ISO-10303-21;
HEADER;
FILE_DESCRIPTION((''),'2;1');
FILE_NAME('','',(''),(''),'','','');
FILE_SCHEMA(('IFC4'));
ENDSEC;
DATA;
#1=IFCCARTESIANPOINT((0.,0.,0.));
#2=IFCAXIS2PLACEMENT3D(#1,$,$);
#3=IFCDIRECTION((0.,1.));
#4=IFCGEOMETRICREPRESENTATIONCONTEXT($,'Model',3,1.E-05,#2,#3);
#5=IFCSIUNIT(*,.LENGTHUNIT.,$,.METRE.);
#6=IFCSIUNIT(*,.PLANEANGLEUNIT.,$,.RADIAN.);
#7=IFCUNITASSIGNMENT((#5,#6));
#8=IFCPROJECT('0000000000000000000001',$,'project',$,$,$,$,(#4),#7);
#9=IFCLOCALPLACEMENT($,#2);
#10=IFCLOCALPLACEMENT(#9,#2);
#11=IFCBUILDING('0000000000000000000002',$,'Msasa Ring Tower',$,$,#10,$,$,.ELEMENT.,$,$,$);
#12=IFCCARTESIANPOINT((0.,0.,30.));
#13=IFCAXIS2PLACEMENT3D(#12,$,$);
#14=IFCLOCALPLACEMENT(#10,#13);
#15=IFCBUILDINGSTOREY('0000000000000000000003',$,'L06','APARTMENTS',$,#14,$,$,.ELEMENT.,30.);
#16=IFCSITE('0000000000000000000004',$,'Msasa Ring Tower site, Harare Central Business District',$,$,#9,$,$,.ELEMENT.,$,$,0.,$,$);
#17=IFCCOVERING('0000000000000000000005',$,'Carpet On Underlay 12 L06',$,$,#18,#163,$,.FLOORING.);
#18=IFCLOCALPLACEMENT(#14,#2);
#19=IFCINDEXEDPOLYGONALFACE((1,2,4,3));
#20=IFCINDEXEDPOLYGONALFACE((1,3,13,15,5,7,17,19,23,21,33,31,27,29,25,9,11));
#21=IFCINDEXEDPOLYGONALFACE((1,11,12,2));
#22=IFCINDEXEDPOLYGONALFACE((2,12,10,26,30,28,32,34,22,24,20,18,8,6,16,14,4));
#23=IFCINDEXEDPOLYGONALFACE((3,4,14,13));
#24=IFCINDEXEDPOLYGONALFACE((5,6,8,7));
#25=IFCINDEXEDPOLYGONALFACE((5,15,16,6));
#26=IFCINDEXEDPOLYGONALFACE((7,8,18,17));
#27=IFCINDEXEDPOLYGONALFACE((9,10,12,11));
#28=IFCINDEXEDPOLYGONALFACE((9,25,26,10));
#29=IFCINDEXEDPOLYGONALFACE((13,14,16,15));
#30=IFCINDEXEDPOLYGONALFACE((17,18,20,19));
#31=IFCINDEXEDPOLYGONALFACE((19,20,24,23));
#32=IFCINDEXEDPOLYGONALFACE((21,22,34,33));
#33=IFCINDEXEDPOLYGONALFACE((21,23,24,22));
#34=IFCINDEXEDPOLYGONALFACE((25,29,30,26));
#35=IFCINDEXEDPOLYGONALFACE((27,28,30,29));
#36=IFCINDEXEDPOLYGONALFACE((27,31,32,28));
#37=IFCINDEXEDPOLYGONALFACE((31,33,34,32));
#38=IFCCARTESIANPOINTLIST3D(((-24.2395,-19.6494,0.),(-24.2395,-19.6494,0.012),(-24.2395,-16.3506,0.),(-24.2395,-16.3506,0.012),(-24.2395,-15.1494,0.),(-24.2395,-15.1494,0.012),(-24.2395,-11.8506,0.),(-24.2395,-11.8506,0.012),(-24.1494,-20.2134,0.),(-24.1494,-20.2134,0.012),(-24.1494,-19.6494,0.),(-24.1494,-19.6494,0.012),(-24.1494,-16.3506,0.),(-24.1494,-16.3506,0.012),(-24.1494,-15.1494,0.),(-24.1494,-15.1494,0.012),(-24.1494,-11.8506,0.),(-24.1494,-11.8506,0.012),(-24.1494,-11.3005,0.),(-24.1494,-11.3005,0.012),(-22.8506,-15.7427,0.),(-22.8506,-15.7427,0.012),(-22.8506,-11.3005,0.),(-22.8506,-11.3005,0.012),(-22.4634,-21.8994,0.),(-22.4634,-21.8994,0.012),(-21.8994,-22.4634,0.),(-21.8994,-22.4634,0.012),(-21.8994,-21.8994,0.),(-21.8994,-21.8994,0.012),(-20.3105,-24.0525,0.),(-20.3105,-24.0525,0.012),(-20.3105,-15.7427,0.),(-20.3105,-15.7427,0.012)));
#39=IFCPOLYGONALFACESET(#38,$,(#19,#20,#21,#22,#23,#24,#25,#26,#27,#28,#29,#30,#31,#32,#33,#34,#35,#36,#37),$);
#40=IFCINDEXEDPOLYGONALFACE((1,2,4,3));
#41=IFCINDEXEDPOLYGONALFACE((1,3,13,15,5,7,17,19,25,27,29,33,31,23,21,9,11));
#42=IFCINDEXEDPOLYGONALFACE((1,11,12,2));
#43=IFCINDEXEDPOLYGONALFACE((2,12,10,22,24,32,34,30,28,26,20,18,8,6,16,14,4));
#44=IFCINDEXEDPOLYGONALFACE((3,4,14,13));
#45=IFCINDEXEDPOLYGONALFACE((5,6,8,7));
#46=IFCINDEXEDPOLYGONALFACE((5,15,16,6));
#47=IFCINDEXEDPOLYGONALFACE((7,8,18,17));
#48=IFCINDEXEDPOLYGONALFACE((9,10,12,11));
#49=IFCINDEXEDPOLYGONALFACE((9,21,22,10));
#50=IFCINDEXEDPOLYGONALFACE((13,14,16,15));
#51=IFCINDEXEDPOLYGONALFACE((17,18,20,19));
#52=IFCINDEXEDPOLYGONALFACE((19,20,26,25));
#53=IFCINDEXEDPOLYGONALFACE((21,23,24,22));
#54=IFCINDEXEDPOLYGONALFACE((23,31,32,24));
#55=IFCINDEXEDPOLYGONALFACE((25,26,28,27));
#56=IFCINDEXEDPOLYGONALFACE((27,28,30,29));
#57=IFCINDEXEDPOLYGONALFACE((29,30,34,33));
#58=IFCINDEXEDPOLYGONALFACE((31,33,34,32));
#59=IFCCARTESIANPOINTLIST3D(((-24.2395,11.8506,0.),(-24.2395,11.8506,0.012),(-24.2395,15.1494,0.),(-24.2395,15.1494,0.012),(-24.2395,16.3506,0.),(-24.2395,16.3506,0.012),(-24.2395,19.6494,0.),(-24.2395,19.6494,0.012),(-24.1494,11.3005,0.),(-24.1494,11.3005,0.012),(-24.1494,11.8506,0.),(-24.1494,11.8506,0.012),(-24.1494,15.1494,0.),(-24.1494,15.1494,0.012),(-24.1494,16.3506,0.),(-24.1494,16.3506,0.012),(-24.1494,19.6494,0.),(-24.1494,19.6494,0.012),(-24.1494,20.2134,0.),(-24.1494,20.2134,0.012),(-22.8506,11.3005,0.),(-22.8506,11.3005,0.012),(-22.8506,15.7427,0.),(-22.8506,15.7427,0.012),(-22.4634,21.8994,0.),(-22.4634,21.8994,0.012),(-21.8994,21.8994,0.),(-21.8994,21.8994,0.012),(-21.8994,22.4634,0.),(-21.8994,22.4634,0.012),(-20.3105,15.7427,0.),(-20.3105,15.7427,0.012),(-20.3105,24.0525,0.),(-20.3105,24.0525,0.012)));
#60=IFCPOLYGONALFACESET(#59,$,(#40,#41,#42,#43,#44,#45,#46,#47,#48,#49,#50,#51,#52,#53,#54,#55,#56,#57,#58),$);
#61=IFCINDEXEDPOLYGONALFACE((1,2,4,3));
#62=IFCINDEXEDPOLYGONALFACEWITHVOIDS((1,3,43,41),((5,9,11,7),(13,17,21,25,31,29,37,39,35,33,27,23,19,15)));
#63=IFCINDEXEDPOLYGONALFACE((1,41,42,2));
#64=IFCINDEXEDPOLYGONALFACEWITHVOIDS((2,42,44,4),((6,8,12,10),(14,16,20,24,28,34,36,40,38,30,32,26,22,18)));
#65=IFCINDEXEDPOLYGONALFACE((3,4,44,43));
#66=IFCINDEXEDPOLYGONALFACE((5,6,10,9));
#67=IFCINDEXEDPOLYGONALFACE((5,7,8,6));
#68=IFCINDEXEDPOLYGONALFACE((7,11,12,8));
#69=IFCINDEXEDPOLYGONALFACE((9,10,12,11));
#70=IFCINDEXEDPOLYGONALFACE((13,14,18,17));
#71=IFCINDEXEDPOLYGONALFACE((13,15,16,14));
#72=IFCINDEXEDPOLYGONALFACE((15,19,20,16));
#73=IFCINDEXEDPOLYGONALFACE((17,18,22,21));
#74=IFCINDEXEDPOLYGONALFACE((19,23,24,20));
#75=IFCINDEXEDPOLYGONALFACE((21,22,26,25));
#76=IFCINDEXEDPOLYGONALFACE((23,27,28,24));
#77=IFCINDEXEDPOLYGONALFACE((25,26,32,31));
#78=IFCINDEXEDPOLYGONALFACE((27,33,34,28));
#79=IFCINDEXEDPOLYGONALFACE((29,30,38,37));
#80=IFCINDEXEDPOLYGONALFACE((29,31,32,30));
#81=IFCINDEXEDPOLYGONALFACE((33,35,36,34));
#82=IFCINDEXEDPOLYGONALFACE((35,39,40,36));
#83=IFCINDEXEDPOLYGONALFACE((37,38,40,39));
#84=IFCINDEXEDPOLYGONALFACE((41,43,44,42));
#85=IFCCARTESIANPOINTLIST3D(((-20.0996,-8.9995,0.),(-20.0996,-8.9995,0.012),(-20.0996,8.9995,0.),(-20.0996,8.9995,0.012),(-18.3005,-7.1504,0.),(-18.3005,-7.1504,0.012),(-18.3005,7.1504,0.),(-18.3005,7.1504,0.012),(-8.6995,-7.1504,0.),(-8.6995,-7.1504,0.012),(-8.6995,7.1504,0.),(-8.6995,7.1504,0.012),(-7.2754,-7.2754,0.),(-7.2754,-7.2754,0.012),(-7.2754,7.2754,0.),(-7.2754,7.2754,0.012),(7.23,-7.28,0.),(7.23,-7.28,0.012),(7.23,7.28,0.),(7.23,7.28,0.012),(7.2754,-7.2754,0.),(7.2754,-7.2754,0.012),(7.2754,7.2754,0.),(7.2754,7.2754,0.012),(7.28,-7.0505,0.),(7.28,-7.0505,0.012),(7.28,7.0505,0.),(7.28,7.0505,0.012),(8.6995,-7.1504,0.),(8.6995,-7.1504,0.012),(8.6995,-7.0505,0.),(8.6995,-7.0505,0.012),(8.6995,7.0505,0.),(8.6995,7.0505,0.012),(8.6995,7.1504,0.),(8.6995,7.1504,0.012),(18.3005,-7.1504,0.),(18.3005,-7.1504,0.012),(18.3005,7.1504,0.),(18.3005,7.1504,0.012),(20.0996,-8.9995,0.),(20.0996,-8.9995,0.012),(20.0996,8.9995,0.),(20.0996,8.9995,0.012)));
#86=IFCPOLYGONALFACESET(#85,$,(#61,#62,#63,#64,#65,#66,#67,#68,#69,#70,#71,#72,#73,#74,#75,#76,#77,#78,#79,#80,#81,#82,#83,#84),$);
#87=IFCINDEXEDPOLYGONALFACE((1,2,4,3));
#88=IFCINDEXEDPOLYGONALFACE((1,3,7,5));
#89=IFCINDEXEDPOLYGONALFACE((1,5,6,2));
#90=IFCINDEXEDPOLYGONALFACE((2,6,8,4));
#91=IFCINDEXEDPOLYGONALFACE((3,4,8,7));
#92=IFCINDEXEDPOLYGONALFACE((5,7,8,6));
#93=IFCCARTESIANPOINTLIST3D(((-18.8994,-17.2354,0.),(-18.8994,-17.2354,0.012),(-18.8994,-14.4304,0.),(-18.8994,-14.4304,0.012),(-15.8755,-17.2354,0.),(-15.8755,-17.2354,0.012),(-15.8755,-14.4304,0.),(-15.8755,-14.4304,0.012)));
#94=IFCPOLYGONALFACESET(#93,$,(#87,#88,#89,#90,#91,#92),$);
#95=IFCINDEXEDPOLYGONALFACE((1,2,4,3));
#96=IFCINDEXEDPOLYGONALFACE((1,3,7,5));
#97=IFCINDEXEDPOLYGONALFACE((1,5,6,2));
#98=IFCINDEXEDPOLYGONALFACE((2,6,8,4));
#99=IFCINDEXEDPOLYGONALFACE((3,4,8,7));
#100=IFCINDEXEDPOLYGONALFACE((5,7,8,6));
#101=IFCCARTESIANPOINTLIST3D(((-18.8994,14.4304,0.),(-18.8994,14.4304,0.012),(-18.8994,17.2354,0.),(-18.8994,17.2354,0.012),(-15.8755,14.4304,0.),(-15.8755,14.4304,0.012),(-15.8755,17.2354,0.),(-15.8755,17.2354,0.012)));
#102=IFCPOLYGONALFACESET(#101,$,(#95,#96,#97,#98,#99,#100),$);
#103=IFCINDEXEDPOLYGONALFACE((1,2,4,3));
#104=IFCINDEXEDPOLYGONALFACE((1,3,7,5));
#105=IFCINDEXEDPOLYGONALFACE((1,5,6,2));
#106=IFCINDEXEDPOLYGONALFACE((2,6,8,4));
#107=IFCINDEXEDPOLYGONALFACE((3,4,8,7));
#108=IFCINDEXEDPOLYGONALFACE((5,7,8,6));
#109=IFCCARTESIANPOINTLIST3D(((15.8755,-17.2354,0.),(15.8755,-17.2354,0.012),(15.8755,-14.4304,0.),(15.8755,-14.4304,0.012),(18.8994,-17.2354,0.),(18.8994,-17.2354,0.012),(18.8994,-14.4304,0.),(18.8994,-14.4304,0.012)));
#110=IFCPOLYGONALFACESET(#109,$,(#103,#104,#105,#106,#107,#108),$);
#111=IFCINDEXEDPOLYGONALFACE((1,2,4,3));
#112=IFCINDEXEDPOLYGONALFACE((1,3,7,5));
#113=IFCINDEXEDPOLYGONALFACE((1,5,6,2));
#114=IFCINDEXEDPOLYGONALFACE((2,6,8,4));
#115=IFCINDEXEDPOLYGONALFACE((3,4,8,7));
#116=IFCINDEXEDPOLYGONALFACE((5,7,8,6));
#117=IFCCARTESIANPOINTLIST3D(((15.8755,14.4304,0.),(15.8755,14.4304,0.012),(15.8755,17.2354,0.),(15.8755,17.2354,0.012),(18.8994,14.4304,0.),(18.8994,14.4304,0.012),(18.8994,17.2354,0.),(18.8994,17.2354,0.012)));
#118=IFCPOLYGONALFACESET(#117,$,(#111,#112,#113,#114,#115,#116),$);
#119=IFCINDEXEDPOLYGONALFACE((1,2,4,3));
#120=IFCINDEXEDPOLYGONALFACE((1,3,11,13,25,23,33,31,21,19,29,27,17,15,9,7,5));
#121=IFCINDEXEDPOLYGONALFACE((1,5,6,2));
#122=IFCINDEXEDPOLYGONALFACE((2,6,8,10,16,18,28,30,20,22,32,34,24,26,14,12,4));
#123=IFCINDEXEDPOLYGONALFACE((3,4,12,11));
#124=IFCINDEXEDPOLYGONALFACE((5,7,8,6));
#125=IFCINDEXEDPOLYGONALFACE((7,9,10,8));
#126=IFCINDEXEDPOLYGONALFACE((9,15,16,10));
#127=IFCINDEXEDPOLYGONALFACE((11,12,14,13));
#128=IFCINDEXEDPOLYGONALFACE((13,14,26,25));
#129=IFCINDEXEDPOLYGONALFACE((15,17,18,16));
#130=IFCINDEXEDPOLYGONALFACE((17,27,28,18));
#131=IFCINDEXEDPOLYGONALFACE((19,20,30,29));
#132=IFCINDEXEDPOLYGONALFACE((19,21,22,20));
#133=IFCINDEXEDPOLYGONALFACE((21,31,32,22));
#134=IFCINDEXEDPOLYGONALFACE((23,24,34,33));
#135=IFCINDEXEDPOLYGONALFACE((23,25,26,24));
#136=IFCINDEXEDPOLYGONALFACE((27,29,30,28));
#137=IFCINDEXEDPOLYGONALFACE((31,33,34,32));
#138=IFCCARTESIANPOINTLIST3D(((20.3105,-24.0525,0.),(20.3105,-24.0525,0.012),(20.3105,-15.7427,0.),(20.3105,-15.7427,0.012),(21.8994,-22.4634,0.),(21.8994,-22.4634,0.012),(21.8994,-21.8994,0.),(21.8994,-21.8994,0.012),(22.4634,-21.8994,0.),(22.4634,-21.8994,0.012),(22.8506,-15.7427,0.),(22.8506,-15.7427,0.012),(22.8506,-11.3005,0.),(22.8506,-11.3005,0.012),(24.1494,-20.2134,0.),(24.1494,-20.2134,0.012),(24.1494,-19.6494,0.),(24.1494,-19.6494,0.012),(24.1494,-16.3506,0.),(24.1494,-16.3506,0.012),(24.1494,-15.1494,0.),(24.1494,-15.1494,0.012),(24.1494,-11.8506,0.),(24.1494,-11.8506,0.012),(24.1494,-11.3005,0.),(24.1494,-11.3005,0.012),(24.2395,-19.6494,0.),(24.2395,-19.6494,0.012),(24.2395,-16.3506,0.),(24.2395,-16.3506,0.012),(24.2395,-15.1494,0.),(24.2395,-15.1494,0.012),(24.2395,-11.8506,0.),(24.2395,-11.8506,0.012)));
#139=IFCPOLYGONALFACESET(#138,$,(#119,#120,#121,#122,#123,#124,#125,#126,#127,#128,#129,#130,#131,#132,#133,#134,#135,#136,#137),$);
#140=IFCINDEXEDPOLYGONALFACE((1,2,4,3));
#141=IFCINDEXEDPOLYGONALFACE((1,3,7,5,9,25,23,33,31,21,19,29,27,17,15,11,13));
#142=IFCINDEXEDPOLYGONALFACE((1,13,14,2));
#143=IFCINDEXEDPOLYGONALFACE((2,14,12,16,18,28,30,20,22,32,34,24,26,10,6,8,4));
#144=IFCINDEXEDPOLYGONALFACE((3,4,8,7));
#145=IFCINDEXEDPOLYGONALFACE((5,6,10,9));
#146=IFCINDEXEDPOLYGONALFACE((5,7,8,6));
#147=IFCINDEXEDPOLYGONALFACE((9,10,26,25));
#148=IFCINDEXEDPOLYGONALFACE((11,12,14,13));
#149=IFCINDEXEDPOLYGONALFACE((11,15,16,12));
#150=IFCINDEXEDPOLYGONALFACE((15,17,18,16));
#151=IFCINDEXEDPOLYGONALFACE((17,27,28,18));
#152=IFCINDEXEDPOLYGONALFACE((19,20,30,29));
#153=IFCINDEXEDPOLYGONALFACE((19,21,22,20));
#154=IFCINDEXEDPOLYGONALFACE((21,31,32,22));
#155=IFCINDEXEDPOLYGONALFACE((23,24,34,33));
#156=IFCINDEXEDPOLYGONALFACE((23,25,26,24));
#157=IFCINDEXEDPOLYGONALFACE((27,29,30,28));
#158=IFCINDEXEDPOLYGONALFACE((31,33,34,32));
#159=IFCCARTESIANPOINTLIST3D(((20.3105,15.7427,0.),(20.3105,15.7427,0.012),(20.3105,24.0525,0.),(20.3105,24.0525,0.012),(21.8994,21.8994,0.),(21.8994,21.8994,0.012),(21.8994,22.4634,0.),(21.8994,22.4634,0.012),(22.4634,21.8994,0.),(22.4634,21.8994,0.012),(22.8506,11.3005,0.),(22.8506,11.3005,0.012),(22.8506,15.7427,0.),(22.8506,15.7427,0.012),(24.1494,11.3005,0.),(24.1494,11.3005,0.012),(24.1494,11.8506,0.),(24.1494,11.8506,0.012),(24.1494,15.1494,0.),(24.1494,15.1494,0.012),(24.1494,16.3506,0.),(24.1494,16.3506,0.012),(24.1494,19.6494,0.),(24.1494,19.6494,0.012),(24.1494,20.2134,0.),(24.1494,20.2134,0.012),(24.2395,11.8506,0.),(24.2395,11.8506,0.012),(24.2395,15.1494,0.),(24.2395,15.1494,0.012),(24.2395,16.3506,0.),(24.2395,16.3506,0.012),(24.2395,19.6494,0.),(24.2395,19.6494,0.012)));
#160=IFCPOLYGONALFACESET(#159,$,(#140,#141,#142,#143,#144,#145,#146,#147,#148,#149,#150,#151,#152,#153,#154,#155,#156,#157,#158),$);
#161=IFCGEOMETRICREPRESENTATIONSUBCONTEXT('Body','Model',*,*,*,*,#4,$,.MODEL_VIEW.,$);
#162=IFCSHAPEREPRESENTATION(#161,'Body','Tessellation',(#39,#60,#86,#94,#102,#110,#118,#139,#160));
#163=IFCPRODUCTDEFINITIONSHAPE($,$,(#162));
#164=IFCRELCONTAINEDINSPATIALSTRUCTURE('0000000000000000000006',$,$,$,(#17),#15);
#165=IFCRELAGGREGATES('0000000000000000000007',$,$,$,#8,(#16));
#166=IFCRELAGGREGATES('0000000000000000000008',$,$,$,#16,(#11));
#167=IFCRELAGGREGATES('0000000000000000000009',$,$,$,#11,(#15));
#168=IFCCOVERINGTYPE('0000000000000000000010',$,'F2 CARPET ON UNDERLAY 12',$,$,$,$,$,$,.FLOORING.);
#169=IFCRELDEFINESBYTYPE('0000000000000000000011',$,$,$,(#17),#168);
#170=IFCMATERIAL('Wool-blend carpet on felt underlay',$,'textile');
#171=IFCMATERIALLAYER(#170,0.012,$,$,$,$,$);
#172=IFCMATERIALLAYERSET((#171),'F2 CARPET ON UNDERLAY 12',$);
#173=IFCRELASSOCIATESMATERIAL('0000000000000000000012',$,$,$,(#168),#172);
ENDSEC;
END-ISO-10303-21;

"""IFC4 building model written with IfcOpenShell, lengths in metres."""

from ifc_helpers import new_model, si_unit, direction, frame, origin, place, context, subcontext, project, spatial, line, indexed_curve, outline, extrude, material, layer, layer_set, type_object, element, save


model = new_model("IFC4")

# Units and contexts
model_context = context("Model", 3, precision=1e-05, world=origin(), true_north=direction((0.0, 1.0)))
body_context = subcontext(model_context, "Body", "Model", "MODEL_VIEW")
ifc_project = project(units=[si_unit("LENGTHUNIT", "METRE"), si_unit("PLANEANGLEUNIT", "RADIAN")], contexts=[model_context])

# Site, building, storey
site_placement = place(None, origin())
site = spatial("IfcSite", under=ifc_project, at=site_placement, Name="Msasa Ring Tower site, Harare Central Business District", CompositionType="ELEMENT", RefElevation=0.0)
building_placement = place(site_placement, origin())
building = spatial("IfcBuilding", under=site, at=building_placement, Name="Msasa Ring Tower", CompositionType="ELEMENT")
storey_placement = place(building_placement, frame((0.0, 0.0, 30.0)))
storey = spatial("IfcBuildingStorey", under=building, at=storey_placement, Name="L06", Description="APARTMENTS", CompositionType="ELEMENT", Elevation=30.0)

# Covering
ifc_material_1 = material(Name="Wool-blend carpet on felt underlay", Category="textile")
ifc_layer_1 = layer(ifc_material_1, 0.012)
ifc_layer_set_1 = layer_set([ifc_layer_1], Name="F2 CARPET ON UNDERLAY 12")
covering_type_1 = type_object("IfcCoveringType", Name="F2 CARPET ON UNDERLAY 12", PredefinedType="FLOORING", material=ifc_layer_set_1)
covering_1_placement = place(storey_placement, origin())
element("IfcCovering", 1, at=covering_1_placement, inside=storey, type_object=covering_type_1, Name="Carpet On Underlay 12 L06", PredefinedType="FLOORING", context=body_context, shape_type="SweptSolid", body=[
    extrude(outline(indexed_curve([(-21.8994, -22.4634), (-21.8994, -21.8994), (-22.4634, -21.8994), (-24.1494, -20.2134), (-24.1494, -19.6494), (-24.2395, -19.6494), (-24.2395, -16.3506), (-24.1494, -16.3506), (-24.1494, -15.1494), (-24.2395, -15.1494), (-24.2395, -11.8506), (-24.1494, -11.8506), (-24.1494, -11.3005), (-22.8506, -11.3005), (-22.8506, -15.7427), (-20.3105, -15.7427), (-20.3105, -24.0525)], segments=[line(1, 2, 3, 4, 5, 6, 7, 8, 9, 10, 11, 12, 13, 14, 15, 16, 17, 1)], self_intersect=False)), origin(), (0.0, 0.0, 1.0), 0.012),
    extrude(outline(indexed_curve([(-24.2395, 15.1494), (-24.1494, 15.1494), (-24.1494, 16.3506), (-24.2395, 16.3506), (-24.2395, 19.6494), (-24.1494, 19.6494), (-24.1494, 20.2134), (-22.4634, 21.8994), (-21.8994, 21.8994), (-21.8994, 22.4634), (-20.3105, 24.0525), (-20.3105, 15.7427), (-22.8506, 15.7427), (-22.8506, 11.3005), (-24.1494, 11.3005), (-24.1494, 11.8506), (-24.2395, 11.8506)], segments=[line(1, 2, 3, 4, 5, 6, 7, 8, 9, 10, 11, 12, 13, 14, 15, 16, 17, 1)], self_intersect=False)), origin(), (0.0, 0.0, 1.0), 0.012),
    extrude(outline(indexed_curve([(-20.0996, -8.9995), (-20.0996, 8.9995), (20.0996, 8.9995), (20.0996, -8.9995)], segments=[line(1, 2, 3, 4, 1)], self_intersect=False), holes=[indexed_curve([(8.6995, -7.1504), (18.3005, -7.1504), (18.3005, 7.1504), (8.6995, 7.1504), (8.6995, 7.0505), (7.28, 7.0505), (7.2754, 7.2754), (7.23, 7.28), (-7.2754, 7.2754), (-7.2754, -7.2754), (7.23, -7.28), (7.2754, -7.2754), (7.28, -7.0505), (8.6995, -7.0505)], segments=[line(1, 2, 3, 4, 5, 6, 7, 8, 9, 10, 11, 12, 13, 14, 1)], self_intersect=False), indexed_curve([(-8.6995, 7.1504), (-18.3005, 7.1504), (-18.3005, -7.1504), (-8.6995, -7.1504)], segments=[line(1, 2, 3, 4, 1)], self_intersect=False)]), origin(), (0.0, 0.0, 1.0), 0.012),
    extrude(outline(indexed_curve([(-18.8994, -14.4304), (-15.8755, -14.4304), (-15.8755, -17.2354), (-18.8994, -17.2354)], segments=[line(1, 2, 3, 4, 1)], self_intersect=False)), origin(), (0.0, 0.0, 1.0), 0.012),
    extrude(outline(indexed_curve([(-18.8994, 17.2354), (-15.8755, 17.2354), (-15.8755, 14.4304), (-18.8994, 14.4304)], segments=[line(1, 2, 3, 4, 1)], self_intersect=False)), origin(), (0.0, 0.0, 1.0), 0.012),
    extrude(outline(indexed_curve([(18.8994, -14.4304), (18.8994, -17.2354), (15.8755, -17.2354), (15.8755, -14.4304)], segments=[line(1, 2, 3, 4, 1)], self_intersect=False)), origin(), (0.0, 0.0, 1.0), 0.012),
    extrude(outline(indexed_curve([(18.8994, 17.2354), (18.8994, 14.4304), (15.8755, 14.4304), (15.8755, 17.2354)], segments=[line(1, 2, 3, 4, 1)], self_intersect=False)), origin(), (0.0, 0.0, 1.0), 0.012),
    extrude(outline(indexed_curve([(24.1494, -11.3005), (24.1494, -11.8506), (24.2395, -11.8506), (24.2395, -15.1494), (24.1494, -15.1494), (24.1494, -16.3506), (24.2395, -16.3506), (24.2395, -19.6494), (24.1494, -19.6494), (24.1494, -20.2134), (22.4634, -21.8994), (21.8994, -21.8994), (21.8994, -22.4634), (20.3105, -24.0525), (20.3105, -15.7427), (22.8506, -15.7427), (22.8506, -11.3005)], segments=[line(1, 2, 3, 4, 5, 6, 7, 8, 9, 10, 11, 12, 13, 14, 15, 16, 17, 1)], self_intersect=False)), origin(), (0.0, 0.0, 1.0), 0.012),
    extrude(outline(indexed_curve([(24.2395, 16.3506), (24.1494, 16.3506), (24.1494, 15.1494), (24.2395, 15.1494), (24.2395, 11.8506), (24.1494, 11.8506), (24.1494, 11.3005), (22.8506, 11.3005), (22.8506, 15.7427), (20.3105, 15.7427), (20.3105, 24.0525), (21.8994, 22.4634), (21.8994, 21.8994), (22.4634, 21.8994), (24.1494, 20.2134), (24.1494, 19.6494), (24.2395, 19.6494)], segments=[line(1, 2, 3, 4, 5, 6, 7, 8, 9, 10, 11, 12, 13, 14, 15, 16, 17, 1)], self_intersect=False)), origin(), (0.0, 0.0, 1.0), 0.012),
])

save(model, "model.ifc")
